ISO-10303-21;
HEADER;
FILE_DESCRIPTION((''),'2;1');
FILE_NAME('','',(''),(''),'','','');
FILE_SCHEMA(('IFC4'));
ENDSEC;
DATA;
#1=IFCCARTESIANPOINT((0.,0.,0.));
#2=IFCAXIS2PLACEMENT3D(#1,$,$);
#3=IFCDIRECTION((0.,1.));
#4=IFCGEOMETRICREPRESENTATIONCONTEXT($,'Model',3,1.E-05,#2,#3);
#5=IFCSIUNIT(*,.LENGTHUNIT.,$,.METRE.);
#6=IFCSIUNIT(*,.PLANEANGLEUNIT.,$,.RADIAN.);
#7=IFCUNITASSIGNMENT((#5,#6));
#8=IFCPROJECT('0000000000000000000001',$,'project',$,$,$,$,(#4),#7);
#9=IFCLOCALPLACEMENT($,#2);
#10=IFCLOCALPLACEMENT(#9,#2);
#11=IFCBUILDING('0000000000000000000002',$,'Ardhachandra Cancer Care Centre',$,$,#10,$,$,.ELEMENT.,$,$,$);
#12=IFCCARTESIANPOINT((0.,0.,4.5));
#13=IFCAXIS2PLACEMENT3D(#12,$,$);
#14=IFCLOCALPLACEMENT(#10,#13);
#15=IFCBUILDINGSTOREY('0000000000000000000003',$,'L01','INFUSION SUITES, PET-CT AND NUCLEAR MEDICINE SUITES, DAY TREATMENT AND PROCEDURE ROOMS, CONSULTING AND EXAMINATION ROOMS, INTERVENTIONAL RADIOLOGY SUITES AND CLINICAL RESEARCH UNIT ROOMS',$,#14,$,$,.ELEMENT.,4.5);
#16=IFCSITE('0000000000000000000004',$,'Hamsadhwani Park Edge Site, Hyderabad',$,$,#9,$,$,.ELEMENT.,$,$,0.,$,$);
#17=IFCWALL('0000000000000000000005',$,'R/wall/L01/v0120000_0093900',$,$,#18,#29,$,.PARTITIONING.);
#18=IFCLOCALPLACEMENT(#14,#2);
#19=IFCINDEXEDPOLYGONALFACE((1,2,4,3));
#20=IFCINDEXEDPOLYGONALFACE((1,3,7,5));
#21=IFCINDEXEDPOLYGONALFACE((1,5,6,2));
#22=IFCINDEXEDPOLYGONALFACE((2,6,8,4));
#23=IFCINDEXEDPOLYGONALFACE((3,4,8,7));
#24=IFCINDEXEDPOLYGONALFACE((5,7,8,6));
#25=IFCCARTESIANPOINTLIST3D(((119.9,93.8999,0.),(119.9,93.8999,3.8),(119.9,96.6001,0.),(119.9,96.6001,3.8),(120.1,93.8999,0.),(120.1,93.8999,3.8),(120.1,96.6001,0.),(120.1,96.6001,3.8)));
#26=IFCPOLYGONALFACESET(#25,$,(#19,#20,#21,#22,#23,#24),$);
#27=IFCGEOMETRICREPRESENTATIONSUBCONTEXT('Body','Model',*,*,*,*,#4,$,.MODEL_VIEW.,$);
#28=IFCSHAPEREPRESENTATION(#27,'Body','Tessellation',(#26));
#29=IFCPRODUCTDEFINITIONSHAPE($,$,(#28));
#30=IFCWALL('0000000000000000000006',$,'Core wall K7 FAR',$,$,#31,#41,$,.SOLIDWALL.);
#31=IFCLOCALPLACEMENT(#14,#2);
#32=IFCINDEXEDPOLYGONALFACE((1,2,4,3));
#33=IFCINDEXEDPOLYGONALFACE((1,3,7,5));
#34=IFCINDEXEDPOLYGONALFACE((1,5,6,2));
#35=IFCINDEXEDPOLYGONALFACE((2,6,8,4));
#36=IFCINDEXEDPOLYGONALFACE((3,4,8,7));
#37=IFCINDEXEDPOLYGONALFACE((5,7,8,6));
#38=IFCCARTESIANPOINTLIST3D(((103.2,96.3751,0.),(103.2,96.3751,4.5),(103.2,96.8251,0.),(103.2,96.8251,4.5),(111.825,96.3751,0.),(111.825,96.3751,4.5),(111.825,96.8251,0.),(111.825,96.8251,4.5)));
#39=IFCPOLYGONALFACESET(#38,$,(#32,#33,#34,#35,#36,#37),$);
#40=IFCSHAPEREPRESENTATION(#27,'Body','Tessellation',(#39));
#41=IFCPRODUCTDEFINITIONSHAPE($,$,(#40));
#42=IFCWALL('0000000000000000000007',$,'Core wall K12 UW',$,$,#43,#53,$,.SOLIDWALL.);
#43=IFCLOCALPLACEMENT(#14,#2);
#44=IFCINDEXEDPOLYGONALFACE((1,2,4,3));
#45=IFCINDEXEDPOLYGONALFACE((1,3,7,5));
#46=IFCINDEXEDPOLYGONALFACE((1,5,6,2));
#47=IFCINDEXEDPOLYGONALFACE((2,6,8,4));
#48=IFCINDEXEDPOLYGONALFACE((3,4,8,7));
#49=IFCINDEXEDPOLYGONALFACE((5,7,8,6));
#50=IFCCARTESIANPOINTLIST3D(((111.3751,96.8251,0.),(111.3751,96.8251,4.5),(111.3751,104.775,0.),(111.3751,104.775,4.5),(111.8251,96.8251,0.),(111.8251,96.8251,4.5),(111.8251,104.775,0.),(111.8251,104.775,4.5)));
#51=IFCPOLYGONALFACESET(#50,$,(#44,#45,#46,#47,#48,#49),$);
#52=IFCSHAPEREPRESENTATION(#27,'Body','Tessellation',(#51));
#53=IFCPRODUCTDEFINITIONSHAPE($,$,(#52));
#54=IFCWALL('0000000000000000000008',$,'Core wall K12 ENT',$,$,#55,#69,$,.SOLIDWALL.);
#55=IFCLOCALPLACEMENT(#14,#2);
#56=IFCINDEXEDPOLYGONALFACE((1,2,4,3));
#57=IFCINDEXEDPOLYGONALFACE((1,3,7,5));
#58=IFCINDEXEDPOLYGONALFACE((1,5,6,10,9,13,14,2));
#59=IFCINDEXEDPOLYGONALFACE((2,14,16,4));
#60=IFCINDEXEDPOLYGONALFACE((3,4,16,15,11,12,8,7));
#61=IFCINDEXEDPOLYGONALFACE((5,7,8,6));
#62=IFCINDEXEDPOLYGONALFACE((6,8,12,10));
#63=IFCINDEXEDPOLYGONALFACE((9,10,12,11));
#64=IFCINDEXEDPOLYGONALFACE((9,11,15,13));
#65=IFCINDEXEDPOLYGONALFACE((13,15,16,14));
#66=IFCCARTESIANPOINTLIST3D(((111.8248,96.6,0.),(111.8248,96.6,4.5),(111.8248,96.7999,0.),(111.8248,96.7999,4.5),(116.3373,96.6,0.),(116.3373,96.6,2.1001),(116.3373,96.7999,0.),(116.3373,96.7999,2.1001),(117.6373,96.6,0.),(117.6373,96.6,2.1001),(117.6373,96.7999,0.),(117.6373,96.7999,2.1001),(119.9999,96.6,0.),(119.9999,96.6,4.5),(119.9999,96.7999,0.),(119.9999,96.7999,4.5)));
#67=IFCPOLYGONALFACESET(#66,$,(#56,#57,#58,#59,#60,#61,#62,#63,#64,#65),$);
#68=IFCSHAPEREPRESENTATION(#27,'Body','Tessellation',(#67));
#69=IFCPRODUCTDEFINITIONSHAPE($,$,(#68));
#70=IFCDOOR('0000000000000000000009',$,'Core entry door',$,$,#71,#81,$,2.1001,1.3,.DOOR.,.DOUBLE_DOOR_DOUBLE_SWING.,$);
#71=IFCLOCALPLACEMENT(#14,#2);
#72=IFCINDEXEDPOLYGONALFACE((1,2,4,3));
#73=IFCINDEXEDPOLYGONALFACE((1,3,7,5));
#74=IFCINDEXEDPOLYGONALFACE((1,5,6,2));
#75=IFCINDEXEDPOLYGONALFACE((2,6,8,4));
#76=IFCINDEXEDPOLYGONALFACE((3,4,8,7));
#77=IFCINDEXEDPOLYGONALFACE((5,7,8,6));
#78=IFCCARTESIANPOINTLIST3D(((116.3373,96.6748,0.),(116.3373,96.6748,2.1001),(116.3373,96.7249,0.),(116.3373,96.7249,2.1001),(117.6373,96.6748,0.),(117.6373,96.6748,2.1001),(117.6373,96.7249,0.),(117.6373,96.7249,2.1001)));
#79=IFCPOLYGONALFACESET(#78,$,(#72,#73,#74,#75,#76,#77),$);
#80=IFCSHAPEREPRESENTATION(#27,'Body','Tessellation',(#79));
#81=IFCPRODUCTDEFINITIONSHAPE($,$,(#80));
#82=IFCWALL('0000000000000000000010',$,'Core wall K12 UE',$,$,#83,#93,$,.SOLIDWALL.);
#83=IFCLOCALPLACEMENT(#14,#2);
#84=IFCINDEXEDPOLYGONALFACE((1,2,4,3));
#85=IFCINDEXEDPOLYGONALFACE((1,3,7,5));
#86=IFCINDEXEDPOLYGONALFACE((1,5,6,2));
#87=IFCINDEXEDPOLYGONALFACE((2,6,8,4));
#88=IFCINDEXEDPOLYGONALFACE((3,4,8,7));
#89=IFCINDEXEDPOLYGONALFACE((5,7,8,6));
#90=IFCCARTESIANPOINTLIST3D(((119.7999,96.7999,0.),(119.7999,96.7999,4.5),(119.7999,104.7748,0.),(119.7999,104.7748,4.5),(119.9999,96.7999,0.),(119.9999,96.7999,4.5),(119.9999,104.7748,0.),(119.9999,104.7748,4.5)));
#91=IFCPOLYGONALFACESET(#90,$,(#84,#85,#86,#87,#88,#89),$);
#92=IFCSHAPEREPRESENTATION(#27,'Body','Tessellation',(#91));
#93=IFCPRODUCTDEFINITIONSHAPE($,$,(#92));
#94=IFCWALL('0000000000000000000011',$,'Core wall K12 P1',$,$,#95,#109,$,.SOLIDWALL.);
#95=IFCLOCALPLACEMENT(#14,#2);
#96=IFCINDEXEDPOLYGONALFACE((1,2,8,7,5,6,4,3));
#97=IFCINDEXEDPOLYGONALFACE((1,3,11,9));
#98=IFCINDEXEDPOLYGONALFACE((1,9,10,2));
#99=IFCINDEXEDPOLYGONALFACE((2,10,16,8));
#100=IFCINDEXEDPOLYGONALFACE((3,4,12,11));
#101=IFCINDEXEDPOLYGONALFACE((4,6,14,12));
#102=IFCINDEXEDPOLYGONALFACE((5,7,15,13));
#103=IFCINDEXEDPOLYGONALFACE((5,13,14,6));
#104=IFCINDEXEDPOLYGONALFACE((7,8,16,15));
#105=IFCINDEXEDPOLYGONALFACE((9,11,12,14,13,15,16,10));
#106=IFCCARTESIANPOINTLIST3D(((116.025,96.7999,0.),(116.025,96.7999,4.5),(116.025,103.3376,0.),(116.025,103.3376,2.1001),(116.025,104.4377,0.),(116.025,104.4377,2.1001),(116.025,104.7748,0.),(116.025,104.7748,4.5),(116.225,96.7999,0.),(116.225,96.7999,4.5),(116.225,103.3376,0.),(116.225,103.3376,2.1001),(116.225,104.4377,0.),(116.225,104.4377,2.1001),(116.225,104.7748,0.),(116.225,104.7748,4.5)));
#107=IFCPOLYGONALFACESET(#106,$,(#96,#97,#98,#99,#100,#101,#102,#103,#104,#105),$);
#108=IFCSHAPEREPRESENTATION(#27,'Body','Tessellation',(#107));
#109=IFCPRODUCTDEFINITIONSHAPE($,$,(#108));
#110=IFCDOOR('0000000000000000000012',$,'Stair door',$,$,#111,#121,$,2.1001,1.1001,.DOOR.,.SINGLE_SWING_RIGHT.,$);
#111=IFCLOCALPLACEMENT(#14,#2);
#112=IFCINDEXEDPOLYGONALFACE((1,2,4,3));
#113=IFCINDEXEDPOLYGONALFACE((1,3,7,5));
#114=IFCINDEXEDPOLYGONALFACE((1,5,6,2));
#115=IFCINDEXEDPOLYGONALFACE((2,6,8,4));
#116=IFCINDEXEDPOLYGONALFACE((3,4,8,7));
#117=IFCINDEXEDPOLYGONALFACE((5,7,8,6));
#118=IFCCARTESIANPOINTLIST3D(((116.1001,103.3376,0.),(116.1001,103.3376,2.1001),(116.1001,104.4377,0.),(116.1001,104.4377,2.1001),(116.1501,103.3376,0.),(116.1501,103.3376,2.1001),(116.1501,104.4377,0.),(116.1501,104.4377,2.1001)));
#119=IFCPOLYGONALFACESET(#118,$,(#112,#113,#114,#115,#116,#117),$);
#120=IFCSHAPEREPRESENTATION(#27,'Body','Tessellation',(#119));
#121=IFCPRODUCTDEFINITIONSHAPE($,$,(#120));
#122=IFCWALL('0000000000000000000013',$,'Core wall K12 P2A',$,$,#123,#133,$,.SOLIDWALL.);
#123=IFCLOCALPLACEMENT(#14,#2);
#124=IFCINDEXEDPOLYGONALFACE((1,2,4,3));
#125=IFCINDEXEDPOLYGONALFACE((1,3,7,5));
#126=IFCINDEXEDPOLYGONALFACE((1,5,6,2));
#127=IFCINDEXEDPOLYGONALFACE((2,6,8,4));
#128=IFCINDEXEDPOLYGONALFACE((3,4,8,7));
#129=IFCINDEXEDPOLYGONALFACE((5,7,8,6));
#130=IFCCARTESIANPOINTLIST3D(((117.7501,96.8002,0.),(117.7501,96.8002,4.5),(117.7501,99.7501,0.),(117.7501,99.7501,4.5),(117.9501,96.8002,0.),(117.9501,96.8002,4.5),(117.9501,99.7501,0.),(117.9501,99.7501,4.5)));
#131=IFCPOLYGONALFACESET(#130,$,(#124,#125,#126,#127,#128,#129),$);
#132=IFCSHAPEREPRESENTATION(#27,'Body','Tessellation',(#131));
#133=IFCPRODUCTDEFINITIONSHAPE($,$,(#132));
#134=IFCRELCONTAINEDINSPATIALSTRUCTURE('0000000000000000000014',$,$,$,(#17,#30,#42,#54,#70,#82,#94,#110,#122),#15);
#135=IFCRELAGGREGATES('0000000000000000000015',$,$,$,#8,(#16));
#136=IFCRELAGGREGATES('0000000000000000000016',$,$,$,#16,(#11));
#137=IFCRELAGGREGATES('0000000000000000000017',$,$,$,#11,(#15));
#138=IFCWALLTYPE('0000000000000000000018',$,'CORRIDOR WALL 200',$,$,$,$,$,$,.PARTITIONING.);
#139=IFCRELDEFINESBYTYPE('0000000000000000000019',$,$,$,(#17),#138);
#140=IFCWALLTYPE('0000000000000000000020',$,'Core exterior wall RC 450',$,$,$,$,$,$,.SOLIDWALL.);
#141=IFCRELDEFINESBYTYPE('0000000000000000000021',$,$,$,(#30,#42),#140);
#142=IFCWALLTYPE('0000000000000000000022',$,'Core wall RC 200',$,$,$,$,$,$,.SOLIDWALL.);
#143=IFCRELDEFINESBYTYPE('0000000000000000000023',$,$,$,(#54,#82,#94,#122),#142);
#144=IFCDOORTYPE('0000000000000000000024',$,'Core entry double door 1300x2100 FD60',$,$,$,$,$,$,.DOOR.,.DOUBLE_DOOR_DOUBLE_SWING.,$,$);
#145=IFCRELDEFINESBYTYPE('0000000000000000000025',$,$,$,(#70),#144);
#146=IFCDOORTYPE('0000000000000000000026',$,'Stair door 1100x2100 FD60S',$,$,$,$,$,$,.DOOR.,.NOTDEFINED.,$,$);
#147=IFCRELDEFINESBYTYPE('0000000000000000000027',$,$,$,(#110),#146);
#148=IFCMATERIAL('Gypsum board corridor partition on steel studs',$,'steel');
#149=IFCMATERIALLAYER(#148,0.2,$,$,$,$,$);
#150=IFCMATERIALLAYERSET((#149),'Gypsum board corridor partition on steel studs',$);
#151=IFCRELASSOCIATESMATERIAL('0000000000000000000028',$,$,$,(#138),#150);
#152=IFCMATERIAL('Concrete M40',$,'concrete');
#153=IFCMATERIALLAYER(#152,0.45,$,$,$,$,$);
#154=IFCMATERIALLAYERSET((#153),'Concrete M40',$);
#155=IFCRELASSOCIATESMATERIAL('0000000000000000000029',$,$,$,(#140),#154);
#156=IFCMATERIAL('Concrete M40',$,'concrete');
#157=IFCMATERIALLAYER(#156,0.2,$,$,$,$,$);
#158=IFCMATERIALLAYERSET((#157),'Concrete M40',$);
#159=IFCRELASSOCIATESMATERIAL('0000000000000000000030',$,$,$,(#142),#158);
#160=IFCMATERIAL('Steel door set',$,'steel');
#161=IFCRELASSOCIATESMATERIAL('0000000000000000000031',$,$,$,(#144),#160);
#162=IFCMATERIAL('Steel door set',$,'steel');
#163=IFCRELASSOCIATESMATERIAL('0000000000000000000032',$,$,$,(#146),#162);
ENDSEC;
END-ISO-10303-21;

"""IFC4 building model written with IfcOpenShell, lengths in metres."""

from ifc_helpers import new_model, si_unit, direction, frame, frame_2d, origin, place, context, subcontext, project, spatial, rectangle, extrude, material, layer, layer_set, type_object, element, fill, save


model = new_model("IFC4")

# Units and contexts
model_context = context("Model", 3, precision=1e-05, world=origin(), true_north=direction((0.0, 1.0)))
body_context = subcontext(model_context, "Body", "Model", "MODEL_VIEW")
ifc_project = project(units=[si_unit("LENGTHUNIT", "METRE"), si_unit("PLANEANGLEUNIT", "RADIAN")], contexts=[model_context])

# Site, building, storey
site_placement = place(None, origin())
site = spatial("IfcSite", under=ifc_project, at=site_placement, Name="Hamsadhwani Park Edge Site, Hyderabad", CompositionType="ELEMENT", RefElevation=0.0)
building_placement = place(site_placement, origin())
building = spatial("IfcBuilding", under=site, at=building_placement, Name="Ardhachandra Cancer Care Centre", CompositionType="ELEMENT")
storey_placement = place(building_placement, frame((0.0, 0.0, 4.5)))
storey = spatial("IfcBuildingStorey", under=building, at=storey_placement, Name="L01", Description="INFUSION SUITES, PET-CT AND NUCLEAR MEDICINE SUITES, DAY TREATMENT AND PROCEDURE ROOMS, CONSULTING AND EXAMINATION ROOMS, INTERVENTIONAL RADIOLOGY SUITES AND CLINICAL RESEARCH UNIT ROOMS", CompositionType="ELEMENT", Elevation=4.5)

# Shared definitions
ifc_material_1 = material(Name="Gypsum board corridor partition on steel studs", Category="steel")
ifc_layer_1 = layer(ifc_material_1, 0.2)
ifc_layer_set_1 = layer_set([ifc_layer_1], Name="Gypsum board corridor partition on steel studs")
wall_type_1 = type_object("IfcWallType", Name="CORRIDOR WALL 200", PredefinedType="PARTITIONING", material=ifc_layer_set_1)

# Walls
wall_1_placement = place(storey_placement, frame((120.0, 93.8999, 0.0), z_axis=(0.0, 0.0, 1.0), x_axis=(0.0, 1.0, 0.0)))
element("IfcWall", 1, at=wall_1_placement, inside=storey, type_object=wall_type_1, Name="R/wall/L01/v0120000_0093900", PredefinedType="PARTITIONING", context=body_context, shape_type="SweptSolid", body=[
    extrude(rectangle(XDim=2.7002, YDim=0.2, at=frame_2d((1.3501, 0.0))), origin(), (0.0, 0.0, 1.0), 3.8),
])
ifc_material_2 = material(Name="Concrete M40", Category="concrete")
ifc_layer_2 = layer(ifc_material_2, 0.45)
ifc_layer_set_2 = layer_set([ifc_layer_2], Name="Concrete M40")
wall_type_2 = type_object("IfcWallType", Name="Core exterior wall RC 450", PredefinedType="SOLIDWALL", material=ifc_layer_set_2)
wall_2_placement = place(storey_placement, frame((111.825, 96.6001, 0.0), z_axis=(0.0, 0.0, 1.0), x_axis=(-1.0, 0.0, 0.0)))
element("IfcWall", 2, at=wall_2_placement, inside=storey, type_object=wall_type_2, Name="Core wall K7 FAR", PredefinedType="SOLIDWALL", context=body_context, shape_type="SweptSolid", body=[
    extrude(rectangle(XDim=8.625, YDim=0.45, at=frame_2d((4.3125, 0.0))), origin(), (0.0, 0.0, 1.0), 4.5),
])
wall_3_placement = place(storey_placement, frame((111.6001, 96.825, 0.0), z_axis=(0.0, 0.0, 1.0), x_axis=(0.0, 1.0, 0.0)))
element("IfcWall", 3, at=wall_3_placement, inside=storey, type_object=wall_type_2, Name="Core wall K12 UW", PredefinedType="SOLIDWALL", context=body_context, shape_type="SweptSolid", body=[
    extrude(rectangle(XDim=7.95, YDim=0.45, at=frame_2d((3.9751, 0.0))), origin(), (0.0, 0.0, 1.0), 4.5),
])

# Wall, opening, door
ifc_material_3 = material(Name="Concrete M40", Category="concrete")
ifc_layer_3 = layer(ifc_material_3, 0.2)
ifc_layer_set_3 = layer_set([ifc_layer_3], Name="Concrete M40")
wall_type_3 = type_object("IfcWallType", Name="Core wall RC 200", PredefinedType="SOLIDWALL", material=ifc_layer_set_3)
wall_4_placement = place(storey_placement, frame((111.825, 96.7, 0.0), z_axis=(0.0, 0.0, 1.0), x_axis=(1.0, 0.0, 0.0)))
wall_4 = element("IfcWall", 4, at=wall_4_placement, inside=storey, type_object=wall_type_3, Name="Core wall K12 ENT", PredefinedType="SOLIDWALL", context=body_context, shape_type="SweptSolid", body=[
    extrude(rectangle(XDim=8.175, YDim=0.2, at=frame_2d((4.0874, 0.0))), origin(), (0.0, 0.0, 1.0), 4.5),
])
opening_1_placement = place(wall_4_placement, frame((4.5125, 0.0, 0.0)))
opening_1 = element("IfcOpeningElement", 5, at=opening_1_placement, cuts=wall_4, PredefinedType="OPENING", context=body_context, shape_type="SweptSolid", body=[
    extrude(rectangle(XDim=1.3, YDim=2.1001, at=frame_2d((0.6499, 1.05))), frame((0.0, 0.1099, 0.0), z_axis=(0.0, -1.0, 0.0), x_axis=(1.0, 0.0, 0.0)), (0.0, 0.0, 1.0), 0.22),
])
ifc_material_4 = material(Name="Steel door set", Category="steel")
door_type_1 = type_object("IfcDoorType", Name="Core entry double door 1300x2100 FD60", OperationType="DOUBLE_DOOR_DOUBLE_SWING", PredefinedType="DOOR", material=ifc_material_4)
door_1_placement = place(opening_1_placement, origin())
door_1 = element("IfcDoor", 6, at=door_1_placement, inside=storey, type_object=door_type_1, Name="Core entry door", OperationType="DOUBLE_DOOR_DOUBLE_SWING", OverallHeight=2.1001, OverallWidth=1.3, PredefinedType="DOOR", context=body_context, shape_type="SweptSolid", body=[
    extrude(rectangle(XDim=1.3, YDim=2.1001, at=frame_2d((0.6499, 1.05))), frame((0.0, 0.0249, 0.0), z_axis=(0.0, -1.0, 0.0), x_axis=(1.0, 0.0, 0.0)), (0.0, 0.0, 1.0), 0.05),
])
fill(opening_1, door_1)

# Wall
wall_5_placement = place(storey_placement, frame((119.8999, 96.8, 0.0), z_axis=(0.0, 0.0, 1.0), x_axis=(0.0, 1.0, 0.0)))
element("IfcWall", 7, at=wall_5_placement, inside=storey, type_object=wall_type_3, Name="Core wall K12 UE", PredefinedType="SOLIDWALL", context=body_context, shape_type="SweptSolid", body=[
    extrude(rectangle(XDim=7.9749, YDim=0.2, at=frame_2d((3.9873, 0.0))), origin(), (0.0, 0.0, 1.0), 4.5),
])

# Wall, opening, door
wall_6_placement = place(storey_placement, frame((116.125, 96.8, 0.0), z_axis=(0.0, 0.0, 1.0), x_axis=(0.0, 1.0, 0.0)))
wall_6 = element("IfcWall", 8, at=wall_6_placement, inside=storey, type_object=wall_type_3, Name="Core wall K12 P1", PredefinedType="SOLIDWALL", context=body_context, shape_type="SweptSolid", body=[
    extrude(rectangle(XDim=7.9749, YDim=0.2, at=frame_2d((3.9873, 0.0))), origin(), (0.0, 0.0, 1.0), 4.5),
])
opening_2_placement = place(wall_6_placement, frame((6.5376, 0.0, 0.0)))
opening_2 = element("IfcOpeningElement", 9, at=opening_2_placement, cuts=wall_6, PredefinedType="OPENING", context=body_context, shape_type="SweptSolid", body=[
    extrude(rectangle(XDim=1.1001, YDim=2.1001, at=frame_2d((0.55, 1.05))), frame((0.0, 0.1099, 0.0), z_axis=(0.0, -1.0, 0.0), x_axis=(1.0, 0.0, 0.0)), (0.0, 0.0, 1.0), 0.22),
])
ifc_material_5 = material(Name="Steel door set", Category="steel")
door_type_2 = type_object("IfcDoorType", Name="Stair door 1100x2100 FD60S", OperationType="NOTDEFINED", PredefinedType="DOOR", material=ifc_material_5)
door_2_placement = place(opening_2_placement, origin())
door_2 = element("IfcDoor", 10, at=door_2_placement, inside=storey, type_object=door_type_2, Name="Stair door", OperationType="SINGLE_SWING_RIGHT", OverallHeight=2.1001, OverallWidth=1.1001, PredefinedType="DOOR", context=body_context, shape_type="SweptSolid", body=[
    extrude(rectangle(XDim=1.1001, YDim=2.1001, at=frame_2d((0.55, 1.05))), frame((0.0, 0.0249, 0.0), z_axis=(0.0, -1.0, 0.0), x_axis=(1.0, 0.0, 0.0)), (0.0, 0.0, 1.0), 0.05),
])
fill(opening_2, door_2)

# Wall
wall_7_placement = place(storey_placement, frame((117.8501, 96.8, 0.0), z_axis=(0.0, 0.0, 1.0), x_axis=(0.0, 1.0, 0.0)))
element("IfcWall", 11, at=wall_7_placement, inside=storey, type_object=wall_type_3, Name="Core wall K12 P2A", PredefinedType="SOLIDWALL", context=body_context, shape_type="SweptSolid", body=[
    extrude(rectangle(XDim=2.95, YDim=0.2, at=frame_2d((1.4751, 0.0))), origin(), (0.0, 0.0, 1.0), 4.5),
])

save(model, "model.ifc")
